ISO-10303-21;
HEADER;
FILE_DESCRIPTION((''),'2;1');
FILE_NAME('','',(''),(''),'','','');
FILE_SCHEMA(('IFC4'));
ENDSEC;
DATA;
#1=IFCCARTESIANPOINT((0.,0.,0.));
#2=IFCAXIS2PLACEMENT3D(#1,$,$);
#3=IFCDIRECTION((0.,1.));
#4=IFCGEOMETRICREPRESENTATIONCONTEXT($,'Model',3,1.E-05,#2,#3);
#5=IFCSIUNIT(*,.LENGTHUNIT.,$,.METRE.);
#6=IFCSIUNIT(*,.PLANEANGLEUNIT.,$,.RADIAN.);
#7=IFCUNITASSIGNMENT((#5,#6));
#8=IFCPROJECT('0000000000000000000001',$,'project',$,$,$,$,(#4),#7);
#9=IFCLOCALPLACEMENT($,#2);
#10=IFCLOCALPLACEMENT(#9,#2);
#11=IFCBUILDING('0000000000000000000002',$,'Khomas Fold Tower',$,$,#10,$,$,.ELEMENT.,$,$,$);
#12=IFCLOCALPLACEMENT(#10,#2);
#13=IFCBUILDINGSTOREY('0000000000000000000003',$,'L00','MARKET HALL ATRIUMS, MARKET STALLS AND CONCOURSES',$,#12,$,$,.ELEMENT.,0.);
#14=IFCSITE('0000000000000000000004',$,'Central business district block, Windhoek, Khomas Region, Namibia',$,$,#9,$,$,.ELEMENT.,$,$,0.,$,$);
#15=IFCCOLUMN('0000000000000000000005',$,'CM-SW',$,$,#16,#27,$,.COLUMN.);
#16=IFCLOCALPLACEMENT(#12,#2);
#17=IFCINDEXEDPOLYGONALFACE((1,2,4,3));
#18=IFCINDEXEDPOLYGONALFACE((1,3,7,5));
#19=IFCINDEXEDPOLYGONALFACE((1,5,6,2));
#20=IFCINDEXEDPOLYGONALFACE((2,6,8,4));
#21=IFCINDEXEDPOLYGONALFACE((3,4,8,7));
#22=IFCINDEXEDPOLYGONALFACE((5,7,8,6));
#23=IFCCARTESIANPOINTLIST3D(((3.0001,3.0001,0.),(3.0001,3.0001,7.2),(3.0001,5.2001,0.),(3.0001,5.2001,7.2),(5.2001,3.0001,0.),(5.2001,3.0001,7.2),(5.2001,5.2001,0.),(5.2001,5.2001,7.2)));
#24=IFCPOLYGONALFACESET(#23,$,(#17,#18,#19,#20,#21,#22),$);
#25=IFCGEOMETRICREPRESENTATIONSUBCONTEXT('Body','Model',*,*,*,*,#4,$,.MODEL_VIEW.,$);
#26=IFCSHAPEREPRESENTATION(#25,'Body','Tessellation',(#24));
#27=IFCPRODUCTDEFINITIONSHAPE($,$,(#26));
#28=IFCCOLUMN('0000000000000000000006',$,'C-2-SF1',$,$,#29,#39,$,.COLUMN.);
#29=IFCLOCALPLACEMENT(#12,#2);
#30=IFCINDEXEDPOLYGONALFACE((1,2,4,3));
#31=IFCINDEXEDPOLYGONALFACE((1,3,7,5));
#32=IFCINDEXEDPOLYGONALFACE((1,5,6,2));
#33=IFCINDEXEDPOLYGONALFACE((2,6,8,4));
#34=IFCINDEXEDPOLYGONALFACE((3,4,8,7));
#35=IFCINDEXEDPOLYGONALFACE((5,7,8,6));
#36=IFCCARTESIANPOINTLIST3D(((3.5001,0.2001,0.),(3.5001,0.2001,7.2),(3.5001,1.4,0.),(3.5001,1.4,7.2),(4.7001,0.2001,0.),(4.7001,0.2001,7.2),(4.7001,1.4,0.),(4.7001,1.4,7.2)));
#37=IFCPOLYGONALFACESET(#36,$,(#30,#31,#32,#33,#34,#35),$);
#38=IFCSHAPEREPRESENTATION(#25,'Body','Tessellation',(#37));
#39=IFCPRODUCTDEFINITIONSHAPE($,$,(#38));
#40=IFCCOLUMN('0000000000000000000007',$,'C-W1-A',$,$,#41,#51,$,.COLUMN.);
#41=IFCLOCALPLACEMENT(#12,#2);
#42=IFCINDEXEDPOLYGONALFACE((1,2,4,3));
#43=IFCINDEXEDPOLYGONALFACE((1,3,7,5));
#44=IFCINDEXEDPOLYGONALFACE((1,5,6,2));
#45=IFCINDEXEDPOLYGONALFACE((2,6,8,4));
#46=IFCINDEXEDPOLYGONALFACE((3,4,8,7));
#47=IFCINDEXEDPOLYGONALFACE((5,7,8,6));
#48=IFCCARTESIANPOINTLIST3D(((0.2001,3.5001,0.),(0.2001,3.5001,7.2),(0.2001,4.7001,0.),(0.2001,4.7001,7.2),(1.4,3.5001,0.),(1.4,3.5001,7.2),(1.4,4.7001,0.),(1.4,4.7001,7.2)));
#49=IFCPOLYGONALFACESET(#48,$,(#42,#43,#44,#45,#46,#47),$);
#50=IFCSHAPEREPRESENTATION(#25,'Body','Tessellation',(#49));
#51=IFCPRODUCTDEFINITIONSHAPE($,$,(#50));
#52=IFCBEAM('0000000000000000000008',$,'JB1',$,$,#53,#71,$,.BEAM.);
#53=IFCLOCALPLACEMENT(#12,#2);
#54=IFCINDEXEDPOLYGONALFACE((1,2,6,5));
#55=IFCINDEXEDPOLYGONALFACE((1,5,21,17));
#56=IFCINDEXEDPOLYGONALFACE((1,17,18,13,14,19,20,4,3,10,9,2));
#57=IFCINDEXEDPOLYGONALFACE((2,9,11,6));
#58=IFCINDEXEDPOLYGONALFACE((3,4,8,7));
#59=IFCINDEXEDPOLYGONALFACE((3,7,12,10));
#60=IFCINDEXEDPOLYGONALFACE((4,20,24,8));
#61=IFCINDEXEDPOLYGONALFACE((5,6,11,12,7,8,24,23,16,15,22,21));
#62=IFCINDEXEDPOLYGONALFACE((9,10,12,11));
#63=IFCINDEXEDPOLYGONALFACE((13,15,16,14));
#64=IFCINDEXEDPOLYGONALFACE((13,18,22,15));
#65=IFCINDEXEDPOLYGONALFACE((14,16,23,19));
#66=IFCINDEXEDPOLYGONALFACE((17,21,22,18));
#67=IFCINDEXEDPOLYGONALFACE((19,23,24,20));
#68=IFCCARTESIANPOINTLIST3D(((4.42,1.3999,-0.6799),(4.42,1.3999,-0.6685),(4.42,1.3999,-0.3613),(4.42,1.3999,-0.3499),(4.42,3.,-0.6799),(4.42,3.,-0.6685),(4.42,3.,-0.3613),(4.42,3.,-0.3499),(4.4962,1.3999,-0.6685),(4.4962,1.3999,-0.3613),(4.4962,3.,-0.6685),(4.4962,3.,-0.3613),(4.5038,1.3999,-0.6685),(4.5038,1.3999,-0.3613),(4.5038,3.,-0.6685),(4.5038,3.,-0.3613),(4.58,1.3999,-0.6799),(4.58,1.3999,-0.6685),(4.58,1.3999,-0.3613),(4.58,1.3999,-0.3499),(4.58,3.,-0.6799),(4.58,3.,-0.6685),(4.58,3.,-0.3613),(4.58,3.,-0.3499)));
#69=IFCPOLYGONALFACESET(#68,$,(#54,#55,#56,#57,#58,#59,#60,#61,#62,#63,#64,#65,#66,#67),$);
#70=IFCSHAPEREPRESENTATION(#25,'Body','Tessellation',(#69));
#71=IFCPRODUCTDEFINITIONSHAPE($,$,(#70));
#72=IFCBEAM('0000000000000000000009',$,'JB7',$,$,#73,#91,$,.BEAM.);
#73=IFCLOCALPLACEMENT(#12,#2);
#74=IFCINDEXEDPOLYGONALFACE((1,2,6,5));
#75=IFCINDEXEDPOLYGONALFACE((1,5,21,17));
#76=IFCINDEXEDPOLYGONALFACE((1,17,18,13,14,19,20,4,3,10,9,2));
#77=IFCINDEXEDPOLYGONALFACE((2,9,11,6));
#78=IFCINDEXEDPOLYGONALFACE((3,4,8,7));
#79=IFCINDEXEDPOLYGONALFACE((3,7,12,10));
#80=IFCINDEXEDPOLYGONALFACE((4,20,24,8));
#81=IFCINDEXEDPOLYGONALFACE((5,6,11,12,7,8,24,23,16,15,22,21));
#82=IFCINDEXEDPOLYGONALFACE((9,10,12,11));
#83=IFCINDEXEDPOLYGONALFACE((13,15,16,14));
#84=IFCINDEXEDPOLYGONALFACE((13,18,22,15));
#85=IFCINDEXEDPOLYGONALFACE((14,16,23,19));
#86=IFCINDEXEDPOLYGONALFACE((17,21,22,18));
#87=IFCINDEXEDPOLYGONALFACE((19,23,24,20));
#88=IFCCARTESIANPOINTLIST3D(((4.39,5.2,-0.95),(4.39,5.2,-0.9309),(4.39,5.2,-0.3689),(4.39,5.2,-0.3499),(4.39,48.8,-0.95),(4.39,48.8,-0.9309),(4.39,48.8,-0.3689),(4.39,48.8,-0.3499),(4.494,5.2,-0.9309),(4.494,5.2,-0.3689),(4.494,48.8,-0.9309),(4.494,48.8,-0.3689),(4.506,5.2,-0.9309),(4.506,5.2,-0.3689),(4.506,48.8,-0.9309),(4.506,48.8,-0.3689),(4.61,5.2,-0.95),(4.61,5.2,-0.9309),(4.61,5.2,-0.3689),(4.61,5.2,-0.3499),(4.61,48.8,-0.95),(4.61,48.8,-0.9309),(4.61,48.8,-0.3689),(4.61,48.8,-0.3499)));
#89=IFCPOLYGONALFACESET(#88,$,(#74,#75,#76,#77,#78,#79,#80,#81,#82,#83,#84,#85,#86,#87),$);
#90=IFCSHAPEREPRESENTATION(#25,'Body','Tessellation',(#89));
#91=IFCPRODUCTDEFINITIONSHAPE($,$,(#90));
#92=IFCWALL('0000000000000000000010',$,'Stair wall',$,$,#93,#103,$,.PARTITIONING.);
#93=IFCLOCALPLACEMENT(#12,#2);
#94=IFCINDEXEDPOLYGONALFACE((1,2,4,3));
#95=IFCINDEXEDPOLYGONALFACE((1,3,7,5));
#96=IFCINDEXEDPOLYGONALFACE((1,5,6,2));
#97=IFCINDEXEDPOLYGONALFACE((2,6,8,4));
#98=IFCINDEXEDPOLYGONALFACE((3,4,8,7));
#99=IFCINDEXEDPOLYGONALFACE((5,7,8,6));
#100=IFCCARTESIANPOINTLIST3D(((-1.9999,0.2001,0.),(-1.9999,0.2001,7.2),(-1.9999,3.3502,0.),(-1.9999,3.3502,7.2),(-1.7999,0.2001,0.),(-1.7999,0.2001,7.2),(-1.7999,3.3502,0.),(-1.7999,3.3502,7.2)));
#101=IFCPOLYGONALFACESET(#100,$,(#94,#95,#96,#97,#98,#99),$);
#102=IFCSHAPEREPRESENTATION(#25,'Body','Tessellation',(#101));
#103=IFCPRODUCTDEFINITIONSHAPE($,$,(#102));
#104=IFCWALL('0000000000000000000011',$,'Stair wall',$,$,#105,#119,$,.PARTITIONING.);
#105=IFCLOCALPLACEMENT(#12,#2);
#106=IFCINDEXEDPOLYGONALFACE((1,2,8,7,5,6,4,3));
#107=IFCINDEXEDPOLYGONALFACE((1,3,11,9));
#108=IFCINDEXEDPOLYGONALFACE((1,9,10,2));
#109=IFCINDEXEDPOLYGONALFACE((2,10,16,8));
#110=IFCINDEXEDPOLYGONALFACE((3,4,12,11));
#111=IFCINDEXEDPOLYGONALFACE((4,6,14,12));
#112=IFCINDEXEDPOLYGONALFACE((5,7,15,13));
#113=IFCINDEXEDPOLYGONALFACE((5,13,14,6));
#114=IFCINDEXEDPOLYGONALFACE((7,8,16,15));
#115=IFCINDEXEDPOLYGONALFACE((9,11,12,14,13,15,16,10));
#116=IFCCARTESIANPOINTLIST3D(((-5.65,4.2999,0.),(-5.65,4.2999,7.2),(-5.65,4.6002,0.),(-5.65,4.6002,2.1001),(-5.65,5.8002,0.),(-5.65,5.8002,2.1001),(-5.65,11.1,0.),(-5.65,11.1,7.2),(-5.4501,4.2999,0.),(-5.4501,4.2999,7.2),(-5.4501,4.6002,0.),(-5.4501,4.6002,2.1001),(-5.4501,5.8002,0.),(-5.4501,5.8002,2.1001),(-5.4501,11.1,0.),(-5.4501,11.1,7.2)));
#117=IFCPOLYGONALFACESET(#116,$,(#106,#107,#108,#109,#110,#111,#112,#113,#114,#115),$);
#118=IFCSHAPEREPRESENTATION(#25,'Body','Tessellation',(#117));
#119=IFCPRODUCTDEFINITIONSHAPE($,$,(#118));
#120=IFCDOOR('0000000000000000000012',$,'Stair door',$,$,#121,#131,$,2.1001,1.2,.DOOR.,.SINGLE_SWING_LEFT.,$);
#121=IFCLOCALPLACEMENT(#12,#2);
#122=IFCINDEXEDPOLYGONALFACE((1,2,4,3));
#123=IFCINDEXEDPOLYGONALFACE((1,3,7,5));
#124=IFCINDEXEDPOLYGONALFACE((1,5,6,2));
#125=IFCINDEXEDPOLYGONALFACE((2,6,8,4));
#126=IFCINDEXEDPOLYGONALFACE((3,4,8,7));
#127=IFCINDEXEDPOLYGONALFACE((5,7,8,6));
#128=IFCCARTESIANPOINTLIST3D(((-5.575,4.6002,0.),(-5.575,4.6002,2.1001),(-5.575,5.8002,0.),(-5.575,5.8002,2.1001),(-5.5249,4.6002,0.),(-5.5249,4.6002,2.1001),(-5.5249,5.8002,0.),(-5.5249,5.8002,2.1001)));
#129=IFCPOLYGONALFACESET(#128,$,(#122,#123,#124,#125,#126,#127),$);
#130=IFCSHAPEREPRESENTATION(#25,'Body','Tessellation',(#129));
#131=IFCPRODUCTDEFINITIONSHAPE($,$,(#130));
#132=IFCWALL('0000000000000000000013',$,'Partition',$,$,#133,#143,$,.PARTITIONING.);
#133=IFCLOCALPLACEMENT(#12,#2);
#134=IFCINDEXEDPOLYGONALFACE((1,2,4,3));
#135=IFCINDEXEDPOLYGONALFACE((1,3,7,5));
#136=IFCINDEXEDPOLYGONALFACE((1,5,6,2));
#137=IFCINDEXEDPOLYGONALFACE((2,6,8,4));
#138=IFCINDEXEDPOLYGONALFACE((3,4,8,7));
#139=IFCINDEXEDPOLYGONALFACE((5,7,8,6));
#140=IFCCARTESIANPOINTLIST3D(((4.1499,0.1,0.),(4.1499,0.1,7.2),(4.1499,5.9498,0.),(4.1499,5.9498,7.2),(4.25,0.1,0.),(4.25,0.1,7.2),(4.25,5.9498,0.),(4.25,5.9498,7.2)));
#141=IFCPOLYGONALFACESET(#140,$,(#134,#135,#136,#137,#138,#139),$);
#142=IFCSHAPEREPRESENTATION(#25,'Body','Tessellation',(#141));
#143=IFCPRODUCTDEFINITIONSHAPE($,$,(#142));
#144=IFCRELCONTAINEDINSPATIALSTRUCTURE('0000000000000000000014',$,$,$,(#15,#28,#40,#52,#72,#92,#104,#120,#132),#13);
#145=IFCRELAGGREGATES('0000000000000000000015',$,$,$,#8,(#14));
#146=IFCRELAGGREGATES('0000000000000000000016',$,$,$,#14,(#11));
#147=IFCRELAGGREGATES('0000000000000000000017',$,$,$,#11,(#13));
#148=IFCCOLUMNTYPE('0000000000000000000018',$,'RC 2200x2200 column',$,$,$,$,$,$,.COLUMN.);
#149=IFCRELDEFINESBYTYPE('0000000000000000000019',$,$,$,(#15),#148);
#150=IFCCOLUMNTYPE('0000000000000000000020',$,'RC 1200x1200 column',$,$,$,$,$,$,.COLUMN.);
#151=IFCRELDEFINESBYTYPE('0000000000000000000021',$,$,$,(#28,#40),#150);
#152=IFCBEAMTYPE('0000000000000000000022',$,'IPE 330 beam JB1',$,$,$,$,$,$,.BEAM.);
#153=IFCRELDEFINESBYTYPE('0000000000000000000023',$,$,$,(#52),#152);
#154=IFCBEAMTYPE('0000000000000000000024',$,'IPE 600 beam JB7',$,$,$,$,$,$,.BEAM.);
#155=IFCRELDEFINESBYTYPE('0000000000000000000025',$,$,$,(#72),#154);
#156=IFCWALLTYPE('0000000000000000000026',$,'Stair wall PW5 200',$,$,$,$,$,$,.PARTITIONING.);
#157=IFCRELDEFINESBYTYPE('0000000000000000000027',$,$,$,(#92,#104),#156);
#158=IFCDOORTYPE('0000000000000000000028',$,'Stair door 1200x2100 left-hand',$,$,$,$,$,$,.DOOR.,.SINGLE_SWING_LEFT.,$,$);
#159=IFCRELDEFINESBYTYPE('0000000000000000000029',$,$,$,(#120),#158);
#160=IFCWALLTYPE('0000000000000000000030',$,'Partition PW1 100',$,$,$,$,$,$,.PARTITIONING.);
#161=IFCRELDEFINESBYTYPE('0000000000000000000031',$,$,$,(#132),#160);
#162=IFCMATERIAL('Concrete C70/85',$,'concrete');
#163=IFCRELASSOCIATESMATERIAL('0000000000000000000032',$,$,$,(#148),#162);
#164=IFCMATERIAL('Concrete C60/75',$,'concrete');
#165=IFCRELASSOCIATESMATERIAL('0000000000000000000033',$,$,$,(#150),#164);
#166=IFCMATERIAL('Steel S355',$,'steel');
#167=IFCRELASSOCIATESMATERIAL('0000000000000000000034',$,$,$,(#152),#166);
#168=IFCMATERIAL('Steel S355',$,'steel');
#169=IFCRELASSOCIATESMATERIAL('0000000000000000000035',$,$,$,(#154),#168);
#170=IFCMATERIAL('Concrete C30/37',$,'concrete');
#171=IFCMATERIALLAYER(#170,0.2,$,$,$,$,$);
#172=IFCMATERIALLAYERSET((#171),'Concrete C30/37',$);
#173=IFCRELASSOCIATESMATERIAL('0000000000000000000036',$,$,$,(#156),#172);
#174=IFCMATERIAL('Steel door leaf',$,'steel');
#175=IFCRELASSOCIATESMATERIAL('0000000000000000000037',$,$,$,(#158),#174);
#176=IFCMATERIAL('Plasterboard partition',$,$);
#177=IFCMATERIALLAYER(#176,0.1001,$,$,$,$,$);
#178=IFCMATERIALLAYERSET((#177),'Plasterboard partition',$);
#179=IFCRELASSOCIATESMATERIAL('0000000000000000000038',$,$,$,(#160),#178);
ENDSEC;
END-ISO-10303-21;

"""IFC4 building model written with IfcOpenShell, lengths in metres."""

from ifc_helpers import new_model, si_unit, direction, frame, frame_2d, origin, origin_2d, place, context, subcontext, project, spatial, rectangle, i_section, extrude, source, transform, mapped, material, layer, layer_set, material_profile, profile_set, type_object, element, fill, save


model = new_model("IFC4")

# Units and contexts
model_context = context("Model", 3, precision=1e-05, world=origin(), true_north=direction((0.0, 1.0)))
body_context = subcontext(model_context, "Body", "Model", "MODEL_VIEW")
ifc_project = project(units=[si_unit("LENGTHUNIT", "METRE"), si_unit("PLANEANGLEUNIT", "RADIAN")], contexts=[model_context])

# Site, building, storey
site_placement = place(None, origin())
site = spatial("IfcSite", under=ifc_project, at=site_placement, Name="Central business district block, Windhoek, Khomas Region, Namibia", CompositionType="ELEMENT", RefElevation=0.0)
building_placement = place(site_placement, origin())
building = spatial("IfcBuilding", under=site, at=building_placement, Name="Khomas Fold Tower", CompositionType="ELEMENT")
storey_placement = place(building_placement, origin())
storey = spatial("IfcBuildingStorey", under=building, at=storey_placement, Name="L00", Description="MARKET HALL ATRIUMS, MARKET STALLS AND CONCOURSES", CompositionType="ELEMENT", Elevation=0.0)

# Columns
ifc_material_1 = material(Name="Concrete C70/85", Category="concrete")
ifc_material_profile_1 = material_profile(ifc_material_1, rectangle(XDim=2.2, YDim=2.2, at=origin_2d()), Name="RC 2200x2200")
ifc_profile_set_1 = profile_set([ifc_material_profile_1], Name="Concrete C70/85")
column_type_1 = type_object("IfcColumnType", Name="RC 2200x2200 column", PredefinedType="COLUMN", material=ifc_profile_set_1)
shared_shape_1 = source(origin(), body_context, "Body", "SweptSolid", [
    extrude(rectangle(XDim=2.2, YDim=2.2, at=origin_2d()), origin(), (0.0, 0.0, 1.0), 7.2),
])
column_placement = place(storey_placement, frame((4.1001, 4.1001, 0.0), z_axis=(0.0, 0.0, 1.0), x_axis=(1.0, 0.0, 0.0)))
element("IfcColumn", 1, at=column_placement, inside=storey, type_object=column_type_1, Name="CM-SW", PredefinedType="COLUMN", context=body_context, shape_type="MappedRepresentation", body=[
    mapped(shared_shape_1, transform((0.0, 0.0, 0.0))),
])
ifc_material_2 = material(Name="Concrete C60/75", Category="concrete")
ifc_material_profile_2 = material_profile(ifc_material_2, rectangle(XDim=1.2, YDim=1.2, at=origin_2d()), Name="RC 1200x1200")
ifc_profile_set_2 = profile_set([ifc_material_profile_2], Name="Concrete C60/75")
column_type_2 = type_object("IfcColumnType", Name="RC 1200x1200 column", PredefinedType="COLUMN", material=ifc_profile_set_2)
shared_shape_2 = source(origin(), body_context, "Body", "SweptSolid", [
    extrude(rectangle(XDim=1.2, YDim=1.2, at=origin_2d()), origin(), (0.0, 0.0, 1.0), 7.2),
])
for number, where, z_axis, x_axis, name in (
    (2, (4.1001, 0.8, 0.0), (0.0, 0.0, 1.0), (1.0, 0.0, 0.0), "C-2-SF1"),
    (3, (0.8, 4.1001, 0.0), (0.0, 0.0, 1.0), (1.0, 0.0, 0.0), "C-W1-A"),
):
    element("IfcColumn", number, at=place(storey_placement, frame(where, z_axis=z_axis, x_axis=x_axis)), inside=storey, type_object=column_type_2, Name=name, PredefinedType="COLUMN", context=body_context, shape_type="MappedRepresentation", body=[
        mapped(shared_shape_2, transform((0.0, 0.0, 0.0))),
    ])

# Beams
ifc_material_3 = material(Name="Steel S355", Category="steel")
ifc_material_profile_3 = material_profile(ifc_material_3, i_section(OverallWidth=0.1599, OverallDepth=0.3301, WebThickness=0.0076, FlangeThickness=0.0115, at=origin_2d()), Name="IPE 330")
ifc_profile_set_3 = profile_set([ifc_material_profile_3], Name="Steel S355")
beam_type_1 = type_object("IfcBeamType", Name="IPE 330 beam JB1", PredefinedType="BEAM", material=ifc_profile_set_3)
shared_shape_3 = source(origin(), body_context, "Body", "SweptSolid", [
    extrude(i_section(OverallWidth=0.1599, OverallDepth=0.3301, WebThickness=0.0076, FlangeThickness=0.0115, at=origin_2d()), origin(), (0.0, 0.0, 1.0), 1.6001),
])
beam_1_placement = place(storey_placement, frame((4.5, 1.3999, -0.5149), z_axis=(0.0, 1.0, 0.0), x_axis=(-1.0, 0.0, 0.0)))
element("IfcBeam", 4, at=beam_1_placement, inside=storey, type_object=beam_type_1, Name="JB1", PredefinedType="BEAM", context=body_context, shape_type="MappedRepresentation", body=[
    mapped(shared_shape_3, transform((0.0, 0.0, 0.0))),
])
ifc_material_4 = material(Name="Steel S355", Category="steel")
ifc_material_profile_4 = material_profile(ifc_material_4, i_section(OverallWidth=0.22, OverallDepth=0.6001, WebThickness=0.012, FlangeThickness=0.019, at=origin_2d()), Name="IPE 600")
ifc_profile_set_4 = profile_set([ifc_material_profile_4], Name="Steel S355")
beam_type_2 = type_object("IfcBeamType", Name="IPE 600 beam JB7", PredefinedType="BEAM", material=ifc_profile_set_4)
shared_shape_4 = source(origin(), body_context, "Body", "SweptSolid", [
    extrude(i_section(OverallWidth=0.22, OverallDepth=0.6001, WebThickness=0.012, FlangeThickness=0.019, at=origin_2d()), origin(), (0.0, 0.0, 1.0), 43.6001),
])
beam_2_placement = place(storey_placement, frame((4.5, 5.2, -0.6499), z_axis=(0.0, 1.0, 0.0), x_axis=(-1.0, 0.0, 0.0)))
element("IfcBeam", 5, at=beam_2_placement, inside=storey, type_object=beam_type_2, Name="JB7", PredefinedType="BEAM", context=body_context, shape_type="MappedRepresentation", body=[
    mapped(shared_shape_4, transform((0.0, 0.0, 0.0))),
])

# Wall
ifc_material_5 = material(Name="Concrete C30/37", Category="concrete")
ifc_layer_1 = layer(ifc_material_5, 0.2)
ifc_layer_set_1 = layer_set([ifc_layer_1], Name="Concrete C30/37")
wall_type_1 = type_object("IfcWallType", Name="Stair wall PW5 200", PredefinedType="PARTITIONING", material=ifc_layer_set_1)
shared_shape_5 = source(origin(), body_context, "Body", "SweptSolid", [
    extrude(rectangle(XDim=3.1501, YDim=0.2, at=frame_2d((1.5752, 0.0))), origin(), (0.0, 0.0, 1.0), 7.2),
])
wall_1_placement = place(storey_placement, frame((-1.8999, 0.2, 0.0), z_axis=(0.0, 0.0, 1.0), x_axis=(0.0, 1.0, 0.0)))
element("IfcWall", 6, at=wall_1_placement, inside=storey, type_object=wall_type_1, Name="Stair wall", PredefinedType="PARTITIONING", context=body_context, shape_type="MappedRepresentation", body=[
    mapped(shared_shape_5, transform((0.0, 0.0, 0.0))),
])

# Wall, opening, door
shared_shape_6 = source(origin(), body_context, "Body", "SweptSolid", [
    extrude(rectangle(XDim=6.8, YDim=0.2, at=frame_2d((3.3999, 0.0))), origin(), (0.0, 0.0, 1.0), 7.2),
])
wall_2_placement = place(storey_placement, frame((-5.55, 4.3, 0.0), z_axis=(0.0, 0.0, 1.0), x_axis=(0.0, 1.0, 0.0)))
wall_2 = element("IfcWall", 7, at=wall_2_placement, inside=storey, type_object=wall_type_1, Name="Stair wall", PredefinedType="PARTITIONING", context=body_context, shape_type="MappedRepresentation", body=[
    mapped(shared_shape_6, transform((0.0, 0.0, 0.0))),
])
shared_shape_7 = source(origin(), body_context, "Body", "SweptSolid", [
    extrude(rectangle(XDim=1.2, YDim=2.1001, at=frame_2d((0.6001, 1.05))), frame((0.0, 0.1099, 0.0), z_axis=(0.0, -1.0, 0.0), x_axis=(1.0, 0.0, 0.0)), (0.0, 0.0, 1.0), 0.22),
])
opening_1_placement = place(wall_2_placement, frame((0.3, 0.0, 0.0)))
opening_1 = element("IfcOpeningElement", 8, at=opening_1_placement, cuts=wall_2, PredefinedType="OPENING", context=body_context, shape_type="MappedRepresentation", body=[
    mapped(shared_shape_7, transform((0.0, 0.0, 0.0))),
])
ifc_material_6 = material(Name="Steel door leaf", Category="steel")
door_type_1 = type_object("IfcDoorType", Name="Stair door 1200x2100 left-hand", OperationType="SINGLE_SWING_LEFT", PredefinedType="DOOR", material=ifc_material_6)
shared_shape_8 = source(origin(), body_context, "Body", "SweptSolid", [
    extrude(rectangle(XDim=1.2, YDim=2.1001, at=frame_2d((0.6001, 1.05))), frame((0.0, 0.0249, 0.0), z_axis=(0.0, -1.0, 0.0), x_axis=(1.0, 0.0, 0.0)), (0.0, 0.0, 1.0), 0.05),
])
door_1_placement = place(opening_1_placement, origin())
door_1 = element("IfcDoor", 9, at=door_1_placement, inside=storey, type_object=door_type_1, Name="Stair door", OperationType="SINGLE_SWING_LEFT", OverallHeight=2.1001, OverallWidth=1.2, PredefinedType="DOOR", context=body_context, shape_type="MappedRepresentation", body=[
    mapped(shared_shape_8, transform((0.0, 0.0, 0.0))),
])
fill(opening_1, door_1)

# Wall
ifc_material_7 = material(Name="Plasterboard partition")
ifc_layer_2 = layer(ifc_material_7, 0.1001)
ifc_layer_set_2 = layer_set([ifc_layer_2], Name="Plasterboard partition")
wall_type_2 = type_object("IfcWallType", Name="Partition PW1 100", PredefinedType="PARTITIONING", material=ifc_layer_set_2)
shared_shape_9 = source(origin(), body_context, "Body", "SweptSolid", [
    extrude(rectangle(XDim=5.8499, YDim=0.1001, at=frame_2d((2.9248, 0.0))), origin(), (0.0, 0.0, 1.0), 7.2),
])
wall_3_placement = place(storey_placement, frame((4.2, 0.1001, 0.0), z_axis=(0.0, 0.0, 1.0), x_axis=(0.0, 1.0, 0.0)))
element("IfcWall", 10, at=wall_3_placement, inside=storey, type_object=wall_type_2, Name="Partition", PredefinedType="PARTITIONING", context=body_context, shape_type="MappedRepresentation", body=[
    mapped(shared_shape_9, transform((0.0, 0.0, 0.0))),
])

save(model, "model.ifc")
